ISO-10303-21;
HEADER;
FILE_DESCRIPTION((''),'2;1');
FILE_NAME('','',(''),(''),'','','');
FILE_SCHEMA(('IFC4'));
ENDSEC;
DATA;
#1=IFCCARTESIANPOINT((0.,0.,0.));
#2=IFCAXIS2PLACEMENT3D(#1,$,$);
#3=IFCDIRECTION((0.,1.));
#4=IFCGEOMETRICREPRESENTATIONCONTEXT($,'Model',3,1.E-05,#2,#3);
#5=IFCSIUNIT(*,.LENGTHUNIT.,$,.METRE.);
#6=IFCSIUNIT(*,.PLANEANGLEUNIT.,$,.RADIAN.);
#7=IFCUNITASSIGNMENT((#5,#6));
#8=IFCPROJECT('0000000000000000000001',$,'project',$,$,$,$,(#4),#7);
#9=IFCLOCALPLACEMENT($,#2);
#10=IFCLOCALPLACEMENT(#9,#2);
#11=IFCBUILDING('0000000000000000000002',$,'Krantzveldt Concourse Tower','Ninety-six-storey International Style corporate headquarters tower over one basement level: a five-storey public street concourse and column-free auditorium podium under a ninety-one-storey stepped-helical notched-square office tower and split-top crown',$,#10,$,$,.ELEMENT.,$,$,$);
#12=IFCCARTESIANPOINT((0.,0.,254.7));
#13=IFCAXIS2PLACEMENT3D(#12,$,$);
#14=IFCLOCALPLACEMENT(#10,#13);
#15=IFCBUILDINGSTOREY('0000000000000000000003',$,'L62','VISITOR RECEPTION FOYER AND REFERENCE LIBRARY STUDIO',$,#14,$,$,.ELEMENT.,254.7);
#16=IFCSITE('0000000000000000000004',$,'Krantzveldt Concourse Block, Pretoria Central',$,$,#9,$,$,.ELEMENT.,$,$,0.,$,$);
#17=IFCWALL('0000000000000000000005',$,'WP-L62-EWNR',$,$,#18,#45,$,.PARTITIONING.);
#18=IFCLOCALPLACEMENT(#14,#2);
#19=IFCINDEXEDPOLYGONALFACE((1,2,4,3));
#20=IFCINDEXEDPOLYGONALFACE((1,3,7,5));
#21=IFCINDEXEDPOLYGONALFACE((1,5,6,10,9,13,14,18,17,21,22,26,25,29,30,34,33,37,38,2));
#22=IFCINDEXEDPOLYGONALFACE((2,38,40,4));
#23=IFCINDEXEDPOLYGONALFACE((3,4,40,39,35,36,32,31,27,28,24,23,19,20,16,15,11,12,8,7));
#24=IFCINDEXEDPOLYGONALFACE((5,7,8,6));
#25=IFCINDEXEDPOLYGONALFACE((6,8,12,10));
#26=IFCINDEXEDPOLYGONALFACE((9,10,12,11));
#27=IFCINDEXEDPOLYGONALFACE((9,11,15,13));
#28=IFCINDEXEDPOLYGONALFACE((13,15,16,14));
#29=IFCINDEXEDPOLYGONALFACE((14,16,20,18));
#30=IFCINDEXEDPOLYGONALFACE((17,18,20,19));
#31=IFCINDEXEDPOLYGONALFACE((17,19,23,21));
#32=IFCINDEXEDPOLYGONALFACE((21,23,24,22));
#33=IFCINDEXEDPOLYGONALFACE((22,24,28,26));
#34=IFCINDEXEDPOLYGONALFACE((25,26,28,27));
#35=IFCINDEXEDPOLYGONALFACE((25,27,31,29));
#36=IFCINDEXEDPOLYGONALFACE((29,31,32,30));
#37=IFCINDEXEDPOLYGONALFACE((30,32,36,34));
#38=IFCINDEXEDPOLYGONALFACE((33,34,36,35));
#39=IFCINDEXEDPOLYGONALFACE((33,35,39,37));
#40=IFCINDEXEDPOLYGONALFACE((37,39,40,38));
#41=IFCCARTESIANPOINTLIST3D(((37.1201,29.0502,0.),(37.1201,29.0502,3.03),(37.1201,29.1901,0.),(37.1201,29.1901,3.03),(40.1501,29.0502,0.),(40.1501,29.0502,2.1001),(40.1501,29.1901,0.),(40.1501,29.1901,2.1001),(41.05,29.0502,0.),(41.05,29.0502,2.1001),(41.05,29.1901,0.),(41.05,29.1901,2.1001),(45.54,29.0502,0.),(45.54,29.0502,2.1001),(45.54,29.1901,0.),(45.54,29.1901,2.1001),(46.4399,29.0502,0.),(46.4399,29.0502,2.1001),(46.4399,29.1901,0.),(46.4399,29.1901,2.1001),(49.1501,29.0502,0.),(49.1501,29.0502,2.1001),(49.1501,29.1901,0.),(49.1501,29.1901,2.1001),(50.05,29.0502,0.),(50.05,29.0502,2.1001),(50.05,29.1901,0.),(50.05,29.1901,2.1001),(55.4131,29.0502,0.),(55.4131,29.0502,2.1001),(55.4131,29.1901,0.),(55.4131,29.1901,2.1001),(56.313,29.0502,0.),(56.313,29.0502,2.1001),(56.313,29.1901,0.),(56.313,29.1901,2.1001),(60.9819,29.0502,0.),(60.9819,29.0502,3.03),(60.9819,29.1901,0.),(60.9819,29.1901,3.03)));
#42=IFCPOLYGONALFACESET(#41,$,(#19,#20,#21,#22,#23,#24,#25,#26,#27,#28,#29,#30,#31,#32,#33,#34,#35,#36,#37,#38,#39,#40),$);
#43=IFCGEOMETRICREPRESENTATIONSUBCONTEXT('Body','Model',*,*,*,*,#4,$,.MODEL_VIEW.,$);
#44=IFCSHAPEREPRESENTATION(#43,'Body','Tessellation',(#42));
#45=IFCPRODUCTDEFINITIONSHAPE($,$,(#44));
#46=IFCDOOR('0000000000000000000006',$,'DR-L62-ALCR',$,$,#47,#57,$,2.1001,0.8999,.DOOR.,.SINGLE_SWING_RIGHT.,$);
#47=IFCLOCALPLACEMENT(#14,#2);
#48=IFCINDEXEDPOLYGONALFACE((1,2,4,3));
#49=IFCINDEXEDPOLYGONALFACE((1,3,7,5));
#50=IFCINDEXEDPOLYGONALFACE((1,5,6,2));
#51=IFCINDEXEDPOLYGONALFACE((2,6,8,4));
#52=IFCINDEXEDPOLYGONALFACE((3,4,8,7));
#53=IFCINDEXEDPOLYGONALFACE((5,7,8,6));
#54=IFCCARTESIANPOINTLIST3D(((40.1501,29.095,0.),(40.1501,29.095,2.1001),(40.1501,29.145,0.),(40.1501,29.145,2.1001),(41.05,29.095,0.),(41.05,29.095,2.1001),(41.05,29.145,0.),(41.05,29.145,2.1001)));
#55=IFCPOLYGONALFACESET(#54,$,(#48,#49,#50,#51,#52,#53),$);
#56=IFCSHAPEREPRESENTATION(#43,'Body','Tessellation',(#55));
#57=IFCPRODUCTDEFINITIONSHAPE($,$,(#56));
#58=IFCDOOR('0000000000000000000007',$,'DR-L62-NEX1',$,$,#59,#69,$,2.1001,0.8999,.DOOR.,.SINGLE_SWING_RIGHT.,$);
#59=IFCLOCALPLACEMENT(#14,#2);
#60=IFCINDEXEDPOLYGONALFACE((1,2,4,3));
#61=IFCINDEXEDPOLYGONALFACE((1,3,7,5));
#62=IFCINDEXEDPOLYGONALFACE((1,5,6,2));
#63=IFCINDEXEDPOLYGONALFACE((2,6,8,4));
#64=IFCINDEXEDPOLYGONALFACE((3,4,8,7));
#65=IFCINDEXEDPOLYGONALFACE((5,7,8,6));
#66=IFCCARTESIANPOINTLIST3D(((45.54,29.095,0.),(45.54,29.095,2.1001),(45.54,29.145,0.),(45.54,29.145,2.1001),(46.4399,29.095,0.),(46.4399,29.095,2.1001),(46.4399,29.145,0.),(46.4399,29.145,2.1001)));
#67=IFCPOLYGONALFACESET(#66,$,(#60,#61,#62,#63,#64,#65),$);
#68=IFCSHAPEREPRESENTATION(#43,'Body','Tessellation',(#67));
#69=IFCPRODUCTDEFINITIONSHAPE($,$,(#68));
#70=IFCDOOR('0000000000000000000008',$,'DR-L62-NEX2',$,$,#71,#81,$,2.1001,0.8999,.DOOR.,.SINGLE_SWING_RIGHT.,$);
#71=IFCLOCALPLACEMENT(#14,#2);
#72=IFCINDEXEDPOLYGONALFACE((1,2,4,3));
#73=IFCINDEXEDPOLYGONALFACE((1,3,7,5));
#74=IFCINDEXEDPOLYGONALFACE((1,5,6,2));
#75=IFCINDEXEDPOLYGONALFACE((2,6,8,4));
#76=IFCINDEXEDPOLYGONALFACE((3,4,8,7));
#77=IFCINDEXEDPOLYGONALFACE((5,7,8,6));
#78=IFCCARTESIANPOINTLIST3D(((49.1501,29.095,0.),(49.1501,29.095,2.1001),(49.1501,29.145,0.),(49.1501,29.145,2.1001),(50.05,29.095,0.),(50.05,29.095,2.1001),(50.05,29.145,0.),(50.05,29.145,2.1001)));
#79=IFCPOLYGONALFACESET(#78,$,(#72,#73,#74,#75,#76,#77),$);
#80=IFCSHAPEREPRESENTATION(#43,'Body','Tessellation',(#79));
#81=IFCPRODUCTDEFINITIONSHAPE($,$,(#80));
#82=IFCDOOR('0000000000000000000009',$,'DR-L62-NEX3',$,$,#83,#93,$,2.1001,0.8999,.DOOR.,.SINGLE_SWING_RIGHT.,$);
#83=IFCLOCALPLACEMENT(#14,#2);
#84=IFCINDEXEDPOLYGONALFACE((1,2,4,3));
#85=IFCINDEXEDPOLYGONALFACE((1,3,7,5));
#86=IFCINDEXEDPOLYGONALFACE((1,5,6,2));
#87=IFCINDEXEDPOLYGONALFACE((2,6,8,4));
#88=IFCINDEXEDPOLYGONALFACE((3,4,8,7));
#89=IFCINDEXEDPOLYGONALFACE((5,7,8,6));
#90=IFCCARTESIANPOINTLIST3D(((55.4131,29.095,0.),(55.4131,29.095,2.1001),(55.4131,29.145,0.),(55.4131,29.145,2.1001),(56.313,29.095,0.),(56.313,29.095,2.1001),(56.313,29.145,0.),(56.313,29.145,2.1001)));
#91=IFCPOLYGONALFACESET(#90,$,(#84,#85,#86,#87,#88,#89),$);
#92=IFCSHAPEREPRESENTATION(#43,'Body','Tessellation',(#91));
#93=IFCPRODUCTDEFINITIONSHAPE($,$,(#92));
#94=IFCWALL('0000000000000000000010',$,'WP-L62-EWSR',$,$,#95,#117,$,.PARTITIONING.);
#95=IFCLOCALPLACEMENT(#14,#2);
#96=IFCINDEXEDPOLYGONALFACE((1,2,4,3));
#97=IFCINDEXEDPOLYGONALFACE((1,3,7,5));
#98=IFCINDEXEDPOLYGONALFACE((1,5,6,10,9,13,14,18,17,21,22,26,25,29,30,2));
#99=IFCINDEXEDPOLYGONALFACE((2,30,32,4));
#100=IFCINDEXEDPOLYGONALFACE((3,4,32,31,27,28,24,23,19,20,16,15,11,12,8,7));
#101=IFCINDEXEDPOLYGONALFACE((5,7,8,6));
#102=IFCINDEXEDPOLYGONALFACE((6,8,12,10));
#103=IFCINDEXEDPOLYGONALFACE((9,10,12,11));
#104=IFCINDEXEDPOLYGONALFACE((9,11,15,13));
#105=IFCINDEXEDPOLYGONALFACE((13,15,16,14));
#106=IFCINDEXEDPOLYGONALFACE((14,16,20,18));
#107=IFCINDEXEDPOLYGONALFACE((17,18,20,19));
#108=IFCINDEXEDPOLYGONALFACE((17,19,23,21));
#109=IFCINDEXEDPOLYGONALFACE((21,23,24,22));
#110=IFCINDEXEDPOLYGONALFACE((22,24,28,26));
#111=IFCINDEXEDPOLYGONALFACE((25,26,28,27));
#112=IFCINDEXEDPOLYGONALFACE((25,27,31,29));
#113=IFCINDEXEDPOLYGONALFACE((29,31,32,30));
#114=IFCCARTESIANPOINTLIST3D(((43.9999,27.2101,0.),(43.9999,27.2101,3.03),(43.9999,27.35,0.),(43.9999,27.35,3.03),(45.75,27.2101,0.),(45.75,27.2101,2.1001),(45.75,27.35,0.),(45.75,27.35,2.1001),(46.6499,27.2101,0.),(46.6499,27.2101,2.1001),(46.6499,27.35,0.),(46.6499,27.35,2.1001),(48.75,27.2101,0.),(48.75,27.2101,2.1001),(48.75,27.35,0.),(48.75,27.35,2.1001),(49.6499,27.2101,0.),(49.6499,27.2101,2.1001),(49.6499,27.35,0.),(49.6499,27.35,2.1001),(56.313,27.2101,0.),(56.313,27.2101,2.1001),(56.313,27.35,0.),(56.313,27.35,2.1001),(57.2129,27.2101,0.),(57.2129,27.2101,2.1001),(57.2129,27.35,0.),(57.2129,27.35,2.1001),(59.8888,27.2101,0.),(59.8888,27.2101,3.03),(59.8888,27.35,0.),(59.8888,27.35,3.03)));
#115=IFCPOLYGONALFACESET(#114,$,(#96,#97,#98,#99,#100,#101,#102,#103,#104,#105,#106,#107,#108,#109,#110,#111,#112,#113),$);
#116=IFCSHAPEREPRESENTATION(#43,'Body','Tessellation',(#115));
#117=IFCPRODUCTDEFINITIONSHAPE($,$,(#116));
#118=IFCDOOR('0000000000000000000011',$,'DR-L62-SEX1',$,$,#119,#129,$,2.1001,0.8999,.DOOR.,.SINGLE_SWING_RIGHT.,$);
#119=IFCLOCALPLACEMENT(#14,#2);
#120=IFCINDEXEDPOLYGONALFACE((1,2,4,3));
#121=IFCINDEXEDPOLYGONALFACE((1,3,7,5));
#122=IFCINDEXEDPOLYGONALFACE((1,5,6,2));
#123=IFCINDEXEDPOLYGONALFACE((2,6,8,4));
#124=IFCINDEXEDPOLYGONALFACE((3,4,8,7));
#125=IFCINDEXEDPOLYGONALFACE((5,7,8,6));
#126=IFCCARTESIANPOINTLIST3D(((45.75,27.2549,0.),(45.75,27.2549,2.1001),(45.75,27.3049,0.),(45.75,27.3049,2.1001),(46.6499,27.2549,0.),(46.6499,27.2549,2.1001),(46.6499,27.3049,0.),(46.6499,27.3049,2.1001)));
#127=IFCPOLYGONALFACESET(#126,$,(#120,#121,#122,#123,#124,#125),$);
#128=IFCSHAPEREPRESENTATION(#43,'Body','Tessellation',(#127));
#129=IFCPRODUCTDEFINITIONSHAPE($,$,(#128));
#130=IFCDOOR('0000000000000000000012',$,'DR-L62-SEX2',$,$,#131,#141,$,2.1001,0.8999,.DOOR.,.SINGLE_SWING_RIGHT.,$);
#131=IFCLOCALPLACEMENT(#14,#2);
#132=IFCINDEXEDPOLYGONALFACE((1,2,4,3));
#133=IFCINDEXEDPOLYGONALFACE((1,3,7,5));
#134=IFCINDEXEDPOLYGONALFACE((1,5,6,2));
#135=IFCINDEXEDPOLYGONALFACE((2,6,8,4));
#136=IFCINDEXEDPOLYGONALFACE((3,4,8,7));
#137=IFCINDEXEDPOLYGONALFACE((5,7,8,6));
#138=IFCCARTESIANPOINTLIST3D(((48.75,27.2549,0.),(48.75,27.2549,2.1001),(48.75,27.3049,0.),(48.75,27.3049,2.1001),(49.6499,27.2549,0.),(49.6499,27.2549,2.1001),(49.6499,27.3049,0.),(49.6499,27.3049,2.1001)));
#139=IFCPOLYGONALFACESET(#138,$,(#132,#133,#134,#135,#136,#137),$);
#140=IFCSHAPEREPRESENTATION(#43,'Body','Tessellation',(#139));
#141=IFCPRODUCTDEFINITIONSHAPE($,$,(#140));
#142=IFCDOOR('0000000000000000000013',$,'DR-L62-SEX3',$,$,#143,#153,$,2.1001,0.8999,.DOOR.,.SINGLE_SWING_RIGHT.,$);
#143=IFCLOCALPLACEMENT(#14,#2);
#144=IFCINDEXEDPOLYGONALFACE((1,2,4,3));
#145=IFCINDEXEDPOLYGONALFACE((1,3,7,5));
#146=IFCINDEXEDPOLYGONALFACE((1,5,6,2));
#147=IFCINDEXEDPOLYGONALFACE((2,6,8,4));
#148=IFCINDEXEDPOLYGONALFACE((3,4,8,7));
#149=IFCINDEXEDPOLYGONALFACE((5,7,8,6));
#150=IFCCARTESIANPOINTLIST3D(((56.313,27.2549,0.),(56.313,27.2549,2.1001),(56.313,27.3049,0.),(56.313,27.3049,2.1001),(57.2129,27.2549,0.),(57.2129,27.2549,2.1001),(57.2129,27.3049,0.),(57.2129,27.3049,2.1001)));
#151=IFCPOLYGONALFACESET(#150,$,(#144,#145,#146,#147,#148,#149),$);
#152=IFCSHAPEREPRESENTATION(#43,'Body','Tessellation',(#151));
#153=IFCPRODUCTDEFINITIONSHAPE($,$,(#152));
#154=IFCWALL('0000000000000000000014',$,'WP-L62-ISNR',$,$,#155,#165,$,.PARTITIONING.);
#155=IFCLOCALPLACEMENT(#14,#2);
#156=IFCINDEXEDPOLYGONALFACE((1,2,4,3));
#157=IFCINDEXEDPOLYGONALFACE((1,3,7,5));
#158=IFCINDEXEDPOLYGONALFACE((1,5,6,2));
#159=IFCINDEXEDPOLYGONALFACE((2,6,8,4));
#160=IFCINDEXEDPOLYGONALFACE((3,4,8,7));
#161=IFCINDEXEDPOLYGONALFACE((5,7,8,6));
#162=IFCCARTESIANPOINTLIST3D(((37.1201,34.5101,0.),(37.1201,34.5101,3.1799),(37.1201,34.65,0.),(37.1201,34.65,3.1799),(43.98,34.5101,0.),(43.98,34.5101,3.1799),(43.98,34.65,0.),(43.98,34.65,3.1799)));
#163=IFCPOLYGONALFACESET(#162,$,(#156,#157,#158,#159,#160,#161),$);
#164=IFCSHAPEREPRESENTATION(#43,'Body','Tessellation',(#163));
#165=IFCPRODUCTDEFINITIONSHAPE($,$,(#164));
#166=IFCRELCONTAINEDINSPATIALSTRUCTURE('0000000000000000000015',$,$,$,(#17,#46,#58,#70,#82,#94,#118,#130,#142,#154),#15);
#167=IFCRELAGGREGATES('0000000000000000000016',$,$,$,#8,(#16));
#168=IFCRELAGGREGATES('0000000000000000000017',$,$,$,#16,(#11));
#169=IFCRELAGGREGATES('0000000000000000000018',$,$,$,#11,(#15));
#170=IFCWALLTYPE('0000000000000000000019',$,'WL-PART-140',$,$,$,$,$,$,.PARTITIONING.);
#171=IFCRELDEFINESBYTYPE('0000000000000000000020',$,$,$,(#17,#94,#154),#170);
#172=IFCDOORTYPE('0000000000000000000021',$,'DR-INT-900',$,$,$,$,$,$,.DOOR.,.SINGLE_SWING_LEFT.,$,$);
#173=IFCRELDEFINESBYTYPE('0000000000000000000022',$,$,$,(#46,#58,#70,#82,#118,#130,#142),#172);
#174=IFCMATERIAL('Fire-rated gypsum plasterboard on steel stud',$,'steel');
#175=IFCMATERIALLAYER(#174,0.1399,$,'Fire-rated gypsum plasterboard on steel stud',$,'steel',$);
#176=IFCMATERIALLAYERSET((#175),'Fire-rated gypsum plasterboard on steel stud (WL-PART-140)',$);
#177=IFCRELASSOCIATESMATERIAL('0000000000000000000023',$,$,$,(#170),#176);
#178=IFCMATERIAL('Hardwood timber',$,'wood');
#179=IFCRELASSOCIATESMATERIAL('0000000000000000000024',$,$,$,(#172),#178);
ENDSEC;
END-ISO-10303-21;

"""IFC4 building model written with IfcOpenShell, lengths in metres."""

from ifc_helpers import new_model, si_unit, direction, frame, frame_2d, origin, place, context, subcontext, project, spatial, rectangle, extrude, material, layer, layer_set, type_object, element, fill, save


model = new_model("IFC4")

# Units and contexts
model_context = context("Model", 3, precision=1e-05, world=origin(), true_north=direction((0.0, 1.0)))
body_context = subcontext(model_context, "Body", "Model", "MODEL_VIEW")
ifc_project = project(units=[si_unit("LENGTHUNIT", "METRE"), si_unit("PLANEANGLEUNIT", "RADIAN")], contexts=[model_context])

# Site, building, storey
site_placement = place(None, origin())
site = spatial("IfcSite", under=ifc_project, at=site_placement, Name="Krantzveldt Concourse Block, Pretoria Central", CompositionType="ELEMENT", RefElevation=0.0)
building_placement = place(site_placement, origin())
building = spatial("IfcBuilding", under=site, at=building_placement, Name="Krantzveldt Concourse Tower", Description="Ninety-six-storey International Style corporate headquarters tower over one basement level: a five-storey public street concourse and column-free auditorium podium under a ninety-one-storey stepped-helical notched-square office tower and split-top crown", CompositionType="ELEMENT")
storey_placement = place(building_placement, frame((0.0, 0.0, 254.7)))
storey = spatial("IfcBuildingStorey", under=building, at=storey_placement, Name="L62", Description="VISITOR RECEPTION FOYER AND REFERENCE LIBRARY STUDIO", CompositionType="ELEMENT", Elevation=254.7)

# Shared definitions
ifc_material_1 = material(Name="Fire-rated gypsum plasterboard on steel stud", Category="steel")

# Walls, openings, doors
ifc_layer_1 = layer(ifc_material_1, 0.1399, Name="Fire-rated gypsum plasterboard on steel stud", Category="steel")
ifc_layer_set_1 = layer_set([ifc_layer_1], Name="Fire-rated gypsum plasterboard on steel stud (WL-PART-140)")
wall_type_1 = type_object("IfcWallType", Name="WL-PART-140", PredefinedType="PARTITIONING", material=ifc_layer_set_1)
ifc_material_2 = material(Name="Hardwood timber", Category="wood")
door_type_1 = type_object("IfcDoorType", Name="DR-INT-900", OperationType="SINGLE_SWING_LEFT", PredefinedType="DOOR", material=ifc_material_2)
wall_1_placement = place(storey_placement, frame((37.1201, 29.1201, 0.0), z_axis=(0.0, 0.0, 1.0), x_axis=(1.0, 0.0, 0.0)))
wall_1 = element("IfcWall", 1, at=wall_1_placement, inside=storey, type_object=wall_type_1, Name="WP-L62-EWNR", PredefinedType="PARTITIONING", context=body_context, shape_type="SweptSolid", body=[
    extrude(rectangle(XDim=23.8618, YDim=0.1399, at=frame_2d((11.9309, 0.0))), origin(), (0.0, 0.0, 1.0), 3.03),
])
opening_1_placement = place(wall_1_placement, frame((3.03, 0.0, 0.0)))
opening_1 = element("IfcOpeningElement", 2, at=opening_1_placement, cuts=wall_1, PredefinedType="OPENING", context=body_context, shape_type="SweptSolid", body=[
    extrude(rectangle(XDim=0.8999, YDim=2.1001, at=frame_2d((0.45, 1.05))), frame((0.0, 0.0801, 0.0), z_axis=(0.0, -1.0, 0.0), x_axis=(1.0, 0.0, 0.0)), (0.0, 0.0, 1.0), 0.1599),
])
opening_2_placement = place(wall_1_placement, frame((8.4199, 0.0, 0.0)))
opening_2 = element("IfcOpeningElement", 3, at=opening_2_placement, cuts=wall_1, PredefinedType="OPENING", context=body_context, shape_type="SweptSolid", body=[
    extrude(rectangle(XDim=0.8999, YDim=2.1001, at=frame_2d((0.45, 1.05))), frame((0.0, 0.0801, 0.0), z_axis=(0.0, -1.0, 0.0), x_axis=(1.0, 0.0, 0.0)), (0.0, 0.0, 1.0), 0.1599),
])
opening_3_placement = place(wall_1_placement, frame((12.03, 0.0, 0.0)))
opening_3 = element("IfcOpeningElement", 4, at=opening_3_placement, cuts=wall_1, PredefinedType="OPENING", context=body_context, shape_type="SweptSolid", body=[
    extrude(rectangle(XDim=0.8999, YDim=2.1001, at=frame_2d((0.45, 1.05))), frame((0.0, 0.0801, 0.0), z_axis=(0.0, -1.0, 0.0), x_axis=(1.0, 0.0, 0.0)), (0.0, 0.0, 1.0), 0.1599),
])
opening_4_placement = place(wall_1_placement, frame((18.293, 0.0, 0.0)))
opening_4 = element("IfcOpeningElement", 5, at=opening_4_placement, cuts=wall_1, PredefinedType="OPENING", context=body_context, shape_type="SweptSolid", body=[
    extrude(rectangle(XDim=0.8999, YDim=2.1001, at=frame_2d((0.45, 1.05))), frame((0.0, 0.0801, 0.0), z_axis=(0.0, -1.0, 0.0), x_axis=(1.0, 0.0, 0.0)), (0.0, 0.0, 1.0), 0.1599),
])
door_1_placement = place(opening_1_placement, origin())
door_1 = element("IfcDoor", 6, at=door_1_placement, inside=storey, type_object=door_type_1, Name="DR-L62-ALCR", OperationType="SINGLE_SWING_RIGHT", OverallHeight=2.1001, OverallWidth=0.8999, PredefinedType="DOOR", context=body_context, shape_type="SweptSolid", body=[
    extrude(rectangle(XDim=0.8999, YDim=2.1001, at=frame_2d((0.45, 1.05))), frame((0.0, 0.0249, 0.0), z_axis=(0.0, -1.0, 0.0), x_axis=(1.0, 0.0, 0.0)), (0.0, 0.0, 1.0), 0.05),
])
fill(opening_1, door_1)
door_2_placement = place(opening_2_placement, origin())
door_2 = element("IfcDoor", 7, at=door_2_placement, inside=storey, type_object=door_type_1, Name="DR-L62-NEX1", OperationType="SINGLE_SWING_RIGHT", OverallHeight=2.1001, OverallWidth=0.8999, PredefinedType="DOOR", context=body_context, shape_type="SweptSolid", body=[
    extrude(rectangle(XDim=0.8999, YDim=2.1001, at=frame_2d((0.45, 1.05))), frame((0.0, 0.0249, 0.0), z_axis=(0.0, -1.0, 0.0), x_axis=(1.0, 0.0, 0.0)), (0.0, 0.0, 1.0), 0.05),
])
fill(opening_2, door_2)
door_3_placement = place(opening_3_placement, origin())
door_3 = element("IfcDoor", 8, at=door_3_placement, inside=storey, type_object=door_type_1, Name="DR-L62-NEX2", OperationType="SINGLE_SWING_RIGHT", OverallHeight=2.1001, OverallWidth=0.8999, PredefinedType="DOOR", context=body_context, shape_type="SweptSolid", body=[
    extrude(rectangle(XDim=0.8999, YDim=2.1001, at=frame_2d((0.45, 1.05))), frame((0.0, 0.0249, 0.0), z_axis=(0.0, -1.0, 0.0), x_axis=(1.0, 0.0, 0.0)), (0.0, 0.0, 1.0), 0.05),
])
fill(opening_3, door_3)
door_4_placement = place(opening_4_placement, origin())
door_4 = element("IfcDoor", 9, at=door_4_placement, inside=storey, type_object=door_type_1, Name="DR-L62-NEX3", OperationType="SINGLE_SWING_RIGHT", OverallHeight=2.1001, OverallWidth=0.8999, PredefinedType="DOOR", context=body_context, shape_type="SweptSolid", body=[
    extrude(rectangle(XDim=0.8999, YDim=2.1001, at=frame_2d((0.45, 1.05))), frame((0.0, 0.0249, 0.0), z_axis=(0.0, -1.0, 0.0), x_axis=(1.0, 0.0, 0.0)), (0.0, 0.0, 1.0), 0.05),
])
fill(opening_4, door_4)
wall_2_placement = place(storey_placement, frame((44.0, 27.28, 0.0), z_axis=(0.0, 0.0, 1.0), x_axis=(1.0, 0.0, 0.0)))
wall_2 = element("IfcWall", 10, at=wall_2_placement, inside=storey, type_object=wall_type_1, Name="WP-L62-EWSR", PredefinedType="PARTITIONING", context=body_context, shape_type="SweptSolid", body=[
    extrude(rectangle(XDim=15.8889, YDim=0.1399, at=frame_2d((7.9443, 0.0))), origin(), (0.0, 0.0, 1.0), 3.03),
])
opening_5_placement = place(wall_2_placement, frame((1.75, 0.0, 0.0)))
opening_5 = element("IfcOpeningElement", 11, at=opening_5_placement, cuts=wall_2, PredefinedType="OPENING", context=body_context, shape_type="SweptSolid", body=[
    extrude(rectangle(XDim=0.8999, YDim=2.1001, at=frame_2d((0.45, 1.05))), frame((0.0, 0.0801, 0.0), z_axis=(0.0, -1.0, 0.0), x_axis=(1.0, 0.0, 0.0)), (0.0, 0.0, 1.0), 0.1599),
])
opening_6_placement = place(wall_2_placement, frame((4.75, 0.0, 0.0)))
opening_6 = element("IfcOpeningElement", 12, at=opening_6_placement, cuts=wall_2, PredefinedType="OPENING", context=body_context, shape_type="SweptSolid", body=[
    extrude(rectangle(XDim=0.8999, YDim=2.1001, at=frame_2d((0.45, 1.05))), frame((0.0, 0.0801, 0.0), z_axis=(0.0, -1.0, 0.0), x_axis=(1.0, 0.0, 0.0)), (0.0, 0.0, 1.0), 0.1599),
])
opening_7_placement = place(wall_2_placement, frame((12.313, 0.0, 0.0)))
opening_7 = element("IfcOpeningElement", 13, at=opening_7_placement, cuts=wall_2, PredefinedType="OPENING", context=body_context, shape_type="SweptSolid", body=[
    extrude(rectangle(XDim=0.8999, YDim=2.1001, at=frame_2d((0.45, 1.05))), frame((0.0, 0.0801, 0.0), z_axis=(0.0, -1.0, 0.0), x_axis=(1.0, 0.0, 0.0)), (0.0, 0.0, 1.0), 0.1599),
])
door_5_placement = place(opening_5_placement, origin())
door_5 = element("IfcDoor", 14, at=door_5_placement, inside=storey, type_object=door_type_1, Name="DR-L62-SEX1", OperationType="SINGLE_SWING_RIGHT", OverallHeight=2.1001, OverallWidth=0.8999, PredefinedType="DOOR", context=body_context, shape_type="SweptSolid", body=[
    extrude(rectangle(XDim=0.8999, YDim=2.1001, at=frame_2d((0.45, 1.05))), frame((0.0, 0.0249, 0.0), z_axis=(0.0, -1.0, 0.0), x_axis=(1.0, 0.0, 0.0)), (0.0, 0.0, 1.0), 0.05),
])
fill(opening_5, door_5)
door_6_placement = place(opening_6_placement, origin())
door_6 = element("IfcDoor", 15, at=door_6_placement, inside=storey, type_object=door_type_1, Name="DR-L62-SEX2", OperationType="SINGLE_SWING_RIGHT", OverallHeight=2.1001, OverallWidth=0.8999, PredefinedType="DOOR", context=body_context, shape_type="SweptSolid", body=[
    extrude(rectangle(XDim=0.8999, YDim=2.1001, at=frame_2d((0.45, 1.05))), frame((0.0, 0.0249, 0.0), z_axis=(0.0, -1.0, 0.0), x_axis=(1.0, 0.0, 0.0)), (0.0, 0.0, 1.0), 0.05),
])
fill(opening_6, door_6)
door_7_placement = place(opening_7_placement, origin())
door_7 = element("IfcDoor", 16, at=door_7_placement, inside=storey, type_object=door_type_1, Name="DR-L62-SEX3", OperationType="SINGLE_SWING_RIGHT", OverallHeight=2.1001, OverallWidth=0.8999, PredefinedType="DOOR", context=body_context, shape_type="SweptSolid", body=[
    extrude(rectangle(XDim=0.8999, YDim=2.1001, at=frame_2d((0.45, 1.05))), frame((0.0, 0.0249, 0.0), z_axis=(0.0, -1.0, 0.0), x_axis=(1.0, 0.0, 0.0)), (0.0, 0.0, 1.0), 0.05),
])
fill(opening_7, door_7)

# Wall
wall_3_placement = place(storey_placement, frame((37.1201, 34.5801, 0.0), z_axis=(0.0, 0.0, 1.0), x_axis=(1.0, 0.0, 0.0)))
element("IfcWall", 17, at=wall_3_placement, inside=storey, type_object=wall_type_1, Name="WP-L62-ISNR", PredefinedType="PARTITIONING", context=body_context, shape_type="SweptSolid", body=[
    extrude(rectangle(XDim=6.8599, YDim=0.1399, at=frame_2d((3.4299, 0.0))), origin(), (0.0, 0.0, 1.0), 3.1799),
])

save(model, "model.ifc")
